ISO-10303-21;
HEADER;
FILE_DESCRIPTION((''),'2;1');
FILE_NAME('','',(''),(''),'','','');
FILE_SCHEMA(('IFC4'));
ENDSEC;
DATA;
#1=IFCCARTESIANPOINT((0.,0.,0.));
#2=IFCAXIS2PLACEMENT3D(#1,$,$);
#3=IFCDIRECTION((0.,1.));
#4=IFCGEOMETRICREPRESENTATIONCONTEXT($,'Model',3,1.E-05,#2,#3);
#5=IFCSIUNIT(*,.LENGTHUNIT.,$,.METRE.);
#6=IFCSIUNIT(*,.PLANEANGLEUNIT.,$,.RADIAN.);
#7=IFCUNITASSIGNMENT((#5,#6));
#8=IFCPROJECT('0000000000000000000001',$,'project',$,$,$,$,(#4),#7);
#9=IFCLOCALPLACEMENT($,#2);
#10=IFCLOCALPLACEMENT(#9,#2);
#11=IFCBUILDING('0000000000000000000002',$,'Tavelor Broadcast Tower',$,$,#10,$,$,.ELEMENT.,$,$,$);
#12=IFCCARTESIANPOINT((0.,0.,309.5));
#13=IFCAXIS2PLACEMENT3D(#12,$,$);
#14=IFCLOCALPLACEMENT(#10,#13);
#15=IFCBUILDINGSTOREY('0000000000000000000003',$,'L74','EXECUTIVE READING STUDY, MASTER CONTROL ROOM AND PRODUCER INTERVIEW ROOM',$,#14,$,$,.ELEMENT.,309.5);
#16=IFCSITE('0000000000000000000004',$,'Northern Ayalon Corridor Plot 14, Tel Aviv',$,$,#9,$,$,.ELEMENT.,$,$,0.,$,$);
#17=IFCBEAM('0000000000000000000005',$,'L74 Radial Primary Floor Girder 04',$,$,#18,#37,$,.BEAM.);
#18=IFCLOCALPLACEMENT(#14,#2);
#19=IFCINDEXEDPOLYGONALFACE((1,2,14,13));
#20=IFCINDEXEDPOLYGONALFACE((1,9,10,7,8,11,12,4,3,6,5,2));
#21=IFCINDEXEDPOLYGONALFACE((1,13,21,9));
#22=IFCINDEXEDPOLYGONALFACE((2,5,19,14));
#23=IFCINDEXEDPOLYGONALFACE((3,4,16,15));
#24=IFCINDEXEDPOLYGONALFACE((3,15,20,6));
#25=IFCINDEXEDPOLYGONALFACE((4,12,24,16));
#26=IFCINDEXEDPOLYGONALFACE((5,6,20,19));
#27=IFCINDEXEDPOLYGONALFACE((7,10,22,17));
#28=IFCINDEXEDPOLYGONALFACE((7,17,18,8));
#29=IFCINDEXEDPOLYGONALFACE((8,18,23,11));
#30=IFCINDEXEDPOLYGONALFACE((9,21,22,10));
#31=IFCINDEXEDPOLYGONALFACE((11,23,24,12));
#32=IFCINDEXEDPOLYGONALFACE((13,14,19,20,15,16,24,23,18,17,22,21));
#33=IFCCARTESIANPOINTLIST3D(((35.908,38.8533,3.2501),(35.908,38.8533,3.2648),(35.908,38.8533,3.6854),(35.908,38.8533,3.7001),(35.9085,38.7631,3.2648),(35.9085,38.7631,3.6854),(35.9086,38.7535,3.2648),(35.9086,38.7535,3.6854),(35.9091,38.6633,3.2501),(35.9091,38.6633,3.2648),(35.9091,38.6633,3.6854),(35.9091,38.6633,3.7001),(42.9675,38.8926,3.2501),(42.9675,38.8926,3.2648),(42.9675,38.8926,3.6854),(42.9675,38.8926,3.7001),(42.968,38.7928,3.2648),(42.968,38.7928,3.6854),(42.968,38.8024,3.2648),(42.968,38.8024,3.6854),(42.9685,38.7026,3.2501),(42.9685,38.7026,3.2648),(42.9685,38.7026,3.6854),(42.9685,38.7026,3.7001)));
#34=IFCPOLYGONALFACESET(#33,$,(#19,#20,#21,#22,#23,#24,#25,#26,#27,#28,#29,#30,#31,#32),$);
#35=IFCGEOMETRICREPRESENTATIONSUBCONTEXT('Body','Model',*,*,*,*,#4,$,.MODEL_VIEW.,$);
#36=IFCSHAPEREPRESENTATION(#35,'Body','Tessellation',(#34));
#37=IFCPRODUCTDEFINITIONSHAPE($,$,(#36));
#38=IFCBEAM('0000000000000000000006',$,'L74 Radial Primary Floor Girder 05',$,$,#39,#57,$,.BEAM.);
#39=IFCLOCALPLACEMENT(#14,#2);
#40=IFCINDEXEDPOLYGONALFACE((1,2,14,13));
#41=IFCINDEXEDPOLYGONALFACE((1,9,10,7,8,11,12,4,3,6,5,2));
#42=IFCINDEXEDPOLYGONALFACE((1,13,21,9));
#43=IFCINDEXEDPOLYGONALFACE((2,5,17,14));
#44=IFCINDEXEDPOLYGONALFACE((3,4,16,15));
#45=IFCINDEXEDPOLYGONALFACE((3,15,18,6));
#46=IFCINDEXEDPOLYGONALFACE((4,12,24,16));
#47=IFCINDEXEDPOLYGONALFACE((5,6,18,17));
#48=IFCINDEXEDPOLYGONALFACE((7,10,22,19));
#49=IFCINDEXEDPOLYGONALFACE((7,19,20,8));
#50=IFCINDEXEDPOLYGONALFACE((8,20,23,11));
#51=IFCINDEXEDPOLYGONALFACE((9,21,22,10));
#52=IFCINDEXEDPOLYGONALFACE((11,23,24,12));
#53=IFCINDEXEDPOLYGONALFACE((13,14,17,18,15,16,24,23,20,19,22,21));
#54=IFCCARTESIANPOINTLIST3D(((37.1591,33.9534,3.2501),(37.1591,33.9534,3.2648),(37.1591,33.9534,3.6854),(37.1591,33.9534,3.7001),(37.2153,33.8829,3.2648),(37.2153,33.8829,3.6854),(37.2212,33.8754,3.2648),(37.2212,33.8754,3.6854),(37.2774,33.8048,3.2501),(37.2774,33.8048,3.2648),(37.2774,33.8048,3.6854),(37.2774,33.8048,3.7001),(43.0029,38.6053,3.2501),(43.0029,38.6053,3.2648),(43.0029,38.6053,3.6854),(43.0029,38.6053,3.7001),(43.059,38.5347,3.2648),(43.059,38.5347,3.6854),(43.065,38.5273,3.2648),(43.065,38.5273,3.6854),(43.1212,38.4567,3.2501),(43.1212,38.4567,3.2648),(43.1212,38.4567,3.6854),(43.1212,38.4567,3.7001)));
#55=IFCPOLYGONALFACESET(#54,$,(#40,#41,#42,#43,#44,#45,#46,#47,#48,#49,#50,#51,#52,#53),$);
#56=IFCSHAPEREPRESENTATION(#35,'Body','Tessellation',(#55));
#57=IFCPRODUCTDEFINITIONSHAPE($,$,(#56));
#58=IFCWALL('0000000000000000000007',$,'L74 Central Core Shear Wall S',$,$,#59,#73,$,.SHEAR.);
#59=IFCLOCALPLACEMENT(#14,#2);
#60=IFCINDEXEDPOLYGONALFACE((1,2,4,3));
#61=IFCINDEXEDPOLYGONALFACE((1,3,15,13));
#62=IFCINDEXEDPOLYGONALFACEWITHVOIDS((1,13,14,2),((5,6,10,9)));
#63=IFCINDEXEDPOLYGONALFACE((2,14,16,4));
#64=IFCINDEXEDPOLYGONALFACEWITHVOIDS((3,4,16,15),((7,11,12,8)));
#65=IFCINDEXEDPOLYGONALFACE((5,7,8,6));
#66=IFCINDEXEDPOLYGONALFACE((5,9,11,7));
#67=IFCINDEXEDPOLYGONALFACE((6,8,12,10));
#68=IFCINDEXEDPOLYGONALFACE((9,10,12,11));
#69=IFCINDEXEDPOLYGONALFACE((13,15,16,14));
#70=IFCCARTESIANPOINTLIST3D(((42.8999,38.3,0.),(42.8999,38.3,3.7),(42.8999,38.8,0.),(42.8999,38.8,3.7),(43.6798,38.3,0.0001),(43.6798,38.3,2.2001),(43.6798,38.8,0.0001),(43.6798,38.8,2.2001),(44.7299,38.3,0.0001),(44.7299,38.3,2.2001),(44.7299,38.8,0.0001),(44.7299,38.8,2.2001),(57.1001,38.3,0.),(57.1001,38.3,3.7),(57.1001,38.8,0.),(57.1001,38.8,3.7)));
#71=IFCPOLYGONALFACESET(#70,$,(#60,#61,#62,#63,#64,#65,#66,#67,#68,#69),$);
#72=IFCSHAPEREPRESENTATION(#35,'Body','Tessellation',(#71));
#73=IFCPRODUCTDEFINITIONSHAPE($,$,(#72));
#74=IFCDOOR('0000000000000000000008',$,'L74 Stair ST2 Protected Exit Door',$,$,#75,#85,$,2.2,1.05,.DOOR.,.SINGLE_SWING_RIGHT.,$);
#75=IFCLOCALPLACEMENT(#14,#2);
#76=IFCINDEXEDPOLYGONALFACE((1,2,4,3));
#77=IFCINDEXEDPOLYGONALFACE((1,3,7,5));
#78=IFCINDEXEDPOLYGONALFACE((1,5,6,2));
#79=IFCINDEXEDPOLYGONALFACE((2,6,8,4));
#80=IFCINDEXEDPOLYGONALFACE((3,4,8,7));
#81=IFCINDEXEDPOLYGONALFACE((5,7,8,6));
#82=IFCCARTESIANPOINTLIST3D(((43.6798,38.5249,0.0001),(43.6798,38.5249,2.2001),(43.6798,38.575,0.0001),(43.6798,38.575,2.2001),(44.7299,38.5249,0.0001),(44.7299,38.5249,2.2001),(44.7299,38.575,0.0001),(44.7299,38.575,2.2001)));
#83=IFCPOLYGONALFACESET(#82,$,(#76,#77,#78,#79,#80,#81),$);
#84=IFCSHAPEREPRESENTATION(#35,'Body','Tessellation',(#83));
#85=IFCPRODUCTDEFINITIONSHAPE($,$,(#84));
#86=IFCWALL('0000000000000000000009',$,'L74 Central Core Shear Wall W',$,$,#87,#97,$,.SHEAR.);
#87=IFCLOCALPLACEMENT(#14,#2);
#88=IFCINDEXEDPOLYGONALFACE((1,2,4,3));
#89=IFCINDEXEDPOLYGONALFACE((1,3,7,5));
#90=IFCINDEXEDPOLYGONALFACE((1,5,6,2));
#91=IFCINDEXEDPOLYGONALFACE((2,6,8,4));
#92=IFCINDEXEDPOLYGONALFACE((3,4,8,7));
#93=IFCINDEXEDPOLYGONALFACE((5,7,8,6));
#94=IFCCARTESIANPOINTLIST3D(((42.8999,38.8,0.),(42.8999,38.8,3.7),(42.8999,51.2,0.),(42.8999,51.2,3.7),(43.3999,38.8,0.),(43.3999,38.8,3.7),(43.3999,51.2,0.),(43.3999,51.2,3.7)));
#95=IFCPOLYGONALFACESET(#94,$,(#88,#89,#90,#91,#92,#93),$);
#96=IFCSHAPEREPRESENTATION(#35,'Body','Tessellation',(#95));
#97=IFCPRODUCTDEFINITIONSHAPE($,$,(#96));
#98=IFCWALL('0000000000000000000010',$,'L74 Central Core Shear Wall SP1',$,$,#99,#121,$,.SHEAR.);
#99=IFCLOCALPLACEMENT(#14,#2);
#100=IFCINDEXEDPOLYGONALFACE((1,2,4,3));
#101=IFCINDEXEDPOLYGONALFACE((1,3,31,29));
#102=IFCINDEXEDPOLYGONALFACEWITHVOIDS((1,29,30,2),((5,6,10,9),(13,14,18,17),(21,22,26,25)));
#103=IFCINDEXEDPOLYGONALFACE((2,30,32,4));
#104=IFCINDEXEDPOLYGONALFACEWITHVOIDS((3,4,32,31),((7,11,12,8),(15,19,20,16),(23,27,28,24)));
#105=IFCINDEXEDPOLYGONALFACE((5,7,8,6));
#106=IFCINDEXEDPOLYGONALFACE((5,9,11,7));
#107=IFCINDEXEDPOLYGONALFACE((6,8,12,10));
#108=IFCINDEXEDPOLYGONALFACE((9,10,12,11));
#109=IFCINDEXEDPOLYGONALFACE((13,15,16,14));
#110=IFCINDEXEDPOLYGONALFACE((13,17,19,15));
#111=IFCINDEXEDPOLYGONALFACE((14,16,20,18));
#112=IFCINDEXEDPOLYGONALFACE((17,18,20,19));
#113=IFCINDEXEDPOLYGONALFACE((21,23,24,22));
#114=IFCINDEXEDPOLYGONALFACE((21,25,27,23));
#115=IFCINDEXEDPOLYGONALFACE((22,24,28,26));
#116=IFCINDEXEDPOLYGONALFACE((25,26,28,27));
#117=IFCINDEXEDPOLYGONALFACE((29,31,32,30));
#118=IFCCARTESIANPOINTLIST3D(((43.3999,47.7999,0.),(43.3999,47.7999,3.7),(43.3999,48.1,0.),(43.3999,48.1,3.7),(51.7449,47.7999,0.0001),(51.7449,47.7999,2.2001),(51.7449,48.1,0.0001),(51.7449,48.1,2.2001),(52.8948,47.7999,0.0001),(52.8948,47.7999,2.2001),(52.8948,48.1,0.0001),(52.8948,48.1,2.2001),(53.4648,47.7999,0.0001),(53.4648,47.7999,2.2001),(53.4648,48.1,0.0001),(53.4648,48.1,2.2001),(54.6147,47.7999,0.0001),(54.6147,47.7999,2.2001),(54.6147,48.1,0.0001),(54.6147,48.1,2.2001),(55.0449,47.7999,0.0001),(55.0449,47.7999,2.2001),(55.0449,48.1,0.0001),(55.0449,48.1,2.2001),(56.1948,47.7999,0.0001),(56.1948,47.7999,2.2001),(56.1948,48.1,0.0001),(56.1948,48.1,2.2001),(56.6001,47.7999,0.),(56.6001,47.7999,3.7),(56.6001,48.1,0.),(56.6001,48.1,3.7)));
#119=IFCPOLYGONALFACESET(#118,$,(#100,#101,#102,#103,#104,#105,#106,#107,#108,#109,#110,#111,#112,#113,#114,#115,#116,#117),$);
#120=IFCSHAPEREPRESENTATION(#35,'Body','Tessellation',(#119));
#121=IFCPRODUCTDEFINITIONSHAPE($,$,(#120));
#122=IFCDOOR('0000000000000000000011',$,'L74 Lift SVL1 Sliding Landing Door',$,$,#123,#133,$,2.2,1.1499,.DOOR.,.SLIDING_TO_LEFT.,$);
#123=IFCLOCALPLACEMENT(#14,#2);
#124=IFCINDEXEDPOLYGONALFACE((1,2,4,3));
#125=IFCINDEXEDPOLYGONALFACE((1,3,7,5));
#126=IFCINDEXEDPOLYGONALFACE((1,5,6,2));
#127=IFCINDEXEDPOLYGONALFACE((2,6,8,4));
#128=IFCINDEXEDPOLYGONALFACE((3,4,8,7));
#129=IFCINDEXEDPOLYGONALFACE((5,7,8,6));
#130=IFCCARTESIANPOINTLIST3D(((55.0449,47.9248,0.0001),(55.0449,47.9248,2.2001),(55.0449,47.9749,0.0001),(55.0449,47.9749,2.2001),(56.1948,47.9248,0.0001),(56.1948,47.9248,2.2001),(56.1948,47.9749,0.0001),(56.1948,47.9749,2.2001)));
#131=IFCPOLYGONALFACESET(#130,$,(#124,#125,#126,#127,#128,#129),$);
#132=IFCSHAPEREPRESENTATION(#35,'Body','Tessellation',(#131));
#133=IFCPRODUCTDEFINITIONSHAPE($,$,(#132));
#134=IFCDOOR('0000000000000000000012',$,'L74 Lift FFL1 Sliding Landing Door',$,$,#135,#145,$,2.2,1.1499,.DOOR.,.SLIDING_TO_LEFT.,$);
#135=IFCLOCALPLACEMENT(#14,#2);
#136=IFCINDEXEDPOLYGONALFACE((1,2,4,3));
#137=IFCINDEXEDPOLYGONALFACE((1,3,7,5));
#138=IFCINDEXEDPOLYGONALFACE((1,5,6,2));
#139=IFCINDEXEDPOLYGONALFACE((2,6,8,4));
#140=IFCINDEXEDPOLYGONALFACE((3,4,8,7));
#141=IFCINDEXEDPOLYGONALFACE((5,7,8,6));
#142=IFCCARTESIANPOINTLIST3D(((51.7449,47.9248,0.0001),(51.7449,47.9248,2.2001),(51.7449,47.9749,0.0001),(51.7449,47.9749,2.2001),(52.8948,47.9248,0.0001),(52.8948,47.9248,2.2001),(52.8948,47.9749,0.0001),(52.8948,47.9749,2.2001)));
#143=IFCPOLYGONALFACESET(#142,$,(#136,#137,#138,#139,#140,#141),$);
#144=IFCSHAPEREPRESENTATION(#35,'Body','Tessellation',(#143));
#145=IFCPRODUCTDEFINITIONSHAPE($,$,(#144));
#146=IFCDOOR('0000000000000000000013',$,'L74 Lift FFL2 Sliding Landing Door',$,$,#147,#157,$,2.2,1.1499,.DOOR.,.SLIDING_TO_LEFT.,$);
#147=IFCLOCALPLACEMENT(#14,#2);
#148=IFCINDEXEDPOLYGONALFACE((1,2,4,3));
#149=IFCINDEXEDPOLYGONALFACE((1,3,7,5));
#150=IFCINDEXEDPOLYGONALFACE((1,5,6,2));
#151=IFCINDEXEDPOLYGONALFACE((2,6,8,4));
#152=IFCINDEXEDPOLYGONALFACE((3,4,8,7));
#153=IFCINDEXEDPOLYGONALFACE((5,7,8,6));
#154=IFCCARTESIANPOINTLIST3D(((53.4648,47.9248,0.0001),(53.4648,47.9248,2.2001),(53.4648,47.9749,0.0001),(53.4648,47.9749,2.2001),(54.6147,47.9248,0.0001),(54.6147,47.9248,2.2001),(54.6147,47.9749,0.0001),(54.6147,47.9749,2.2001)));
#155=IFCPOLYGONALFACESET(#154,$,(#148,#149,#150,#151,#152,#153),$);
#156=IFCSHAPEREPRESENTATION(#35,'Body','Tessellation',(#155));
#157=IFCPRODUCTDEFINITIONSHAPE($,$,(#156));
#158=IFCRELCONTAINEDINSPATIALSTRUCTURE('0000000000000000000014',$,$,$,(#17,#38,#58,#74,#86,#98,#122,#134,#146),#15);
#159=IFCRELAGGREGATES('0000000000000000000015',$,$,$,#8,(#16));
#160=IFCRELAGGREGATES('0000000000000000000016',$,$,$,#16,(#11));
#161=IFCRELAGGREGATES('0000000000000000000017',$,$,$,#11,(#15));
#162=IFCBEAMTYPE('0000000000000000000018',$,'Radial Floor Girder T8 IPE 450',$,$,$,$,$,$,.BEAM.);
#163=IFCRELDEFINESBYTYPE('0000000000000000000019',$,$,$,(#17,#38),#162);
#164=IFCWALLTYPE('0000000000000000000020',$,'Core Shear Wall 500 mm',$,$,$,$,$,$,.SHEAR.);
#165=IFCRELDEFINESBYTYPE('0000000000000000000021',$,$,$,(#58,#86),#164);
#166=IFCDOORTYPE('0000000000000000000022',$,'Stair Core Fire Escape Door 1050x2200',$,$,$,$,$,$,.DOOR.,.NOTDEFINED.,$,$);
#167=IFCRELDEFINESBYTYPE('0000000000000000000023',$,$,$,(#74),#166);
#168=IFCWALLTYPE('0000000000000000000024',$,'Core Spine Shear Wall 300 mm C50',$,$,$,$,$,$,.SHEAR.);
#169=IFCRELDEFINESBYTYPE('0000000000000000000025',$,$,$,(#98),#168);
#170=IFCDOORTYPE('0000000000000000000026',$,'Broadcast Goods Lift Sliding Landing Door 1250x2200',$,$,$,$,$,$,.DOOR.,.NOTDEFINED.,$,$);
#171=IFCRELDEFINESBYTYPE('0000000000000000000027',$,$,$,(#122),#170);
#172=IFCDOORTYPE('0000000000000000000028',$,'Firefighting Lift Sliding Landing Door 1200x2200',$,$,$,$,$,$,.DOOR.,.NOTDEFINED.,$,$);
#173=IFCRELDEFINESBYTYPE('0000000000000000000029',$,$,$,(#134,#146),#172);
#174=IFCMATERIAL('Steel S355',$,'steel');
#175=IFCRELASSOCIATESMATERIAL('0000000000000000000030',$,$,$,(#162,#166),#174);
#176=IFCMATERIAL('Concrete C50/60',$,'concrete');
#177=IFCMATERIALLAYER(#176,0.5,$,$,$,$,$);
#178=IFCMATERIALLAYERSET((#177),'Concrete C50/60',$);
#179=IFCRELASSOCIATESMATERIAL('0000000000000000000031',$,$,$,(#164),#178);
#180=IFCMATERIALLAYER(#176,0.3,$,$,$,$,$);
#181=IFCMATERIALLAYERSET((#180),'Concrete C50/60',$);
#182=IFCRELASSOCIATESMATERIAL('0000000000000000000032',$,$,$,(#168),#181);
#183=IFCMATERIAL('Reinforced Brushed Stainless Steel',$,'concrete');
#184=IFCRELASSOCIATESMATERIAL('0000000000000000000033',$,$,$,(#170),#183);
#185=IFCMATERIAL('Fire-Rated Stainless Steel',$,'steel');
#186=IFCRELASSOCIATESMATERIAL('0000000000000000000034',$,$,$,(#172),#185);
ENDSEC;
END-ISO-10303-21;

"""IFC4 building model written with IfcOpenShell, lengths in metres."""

from ifc_helpers import new_model, si_unit, direction, frame, frame_2d, origin, origin_2d, place, context, subcontext, project, spatial, rectangle, i_section, extrude, material, layer, layer_set, material_profile, profile_set, type_object, element, fill, save


model = new_model("IFC4")

# Units and contexts
model_context = context("Model", 3, precision=1e-05, world=origin(), true_north=direction((0.0, 1.0)))
body_context = subcontext(model_context, "Body", "Model", "MODEL_VIEW")
ifc_project = project(units=[si_unit("LENGTHUNIT", "METRE"), si_unit("PLANEANGLEUNIT", "RADIAN")], contexts=[model_context])

# Site, building, storey
site_placement = place(None, origin())
site = spatial("IfcSite", under=ifc_project, at=site_placement, Name="Northern Ayalon Corridor Plot 14, Tel Aviv", CompositionType="ELEMENT", RefElevation=0.0)
building_placement = place(site_placement, origin())
building = spatial("IfcBuilding", under=site, at=building_placement, Name="Tavelor Broadcast Tower", CompositionType="ELEMENT")
storey_placement = place(building_placement, frame((0.0, 0.0, 309.5)))
storey = spatial("IfcBuildingStorey", under=building, at=storey_placement, Name="L74", Description="EXECUTIVE READING STUDY, MASTER CONTROL ROOM AND PRODUCER INTERVIEW ROOM", CompositionType="ELEMENT", Elevation=309.5)

# Shared definitions
ifc_material_1 = material(Name="Concrete C50/60", Category="concrete")

# Beams
ifc_material_2 = material(Name="Steel S355", Category="steel")
ifc_material_profile_1 = material_profile(ifc_material_2, i_section(OverallWidth=0.1899, OverallDepth=0.45, WebThickness=0.0095, FlangeThickness=0.0146, at=origin_2d()), Name="IPE 450")
ifc_profile_set_1 = profile_set([ifc_material_profile_1], Name="Steel S355")
beam_type_1 = type_object("IfcBeamType", Name="Radial Floor Girder T8 IPE 450", PredefinedType="BEAM", material=ifc_profile_set_1)
beam_1_placement = place(storey_placement, frame((42.968, 38.7976, 3.4751), z_axis=(-0.999984, -0.005568, 0.0), x_axis=(0.005568, -0.999984, 0.0)))
element("IfcBeam", 1, at=beam_1_placement, inside=storey, type_object=beam_type_1, Name="L74 Radial Primary Floor Girder 04", PredefinedType="BEAM", context=body_context, shape_type="SweptSolid", body=[
    extrude(i_section(OverallWidth=0.1899, OverallDepth=0.45, WebThickness=0.0095, FlangeThickness=0.0146, at=origin_2d()), origin(), (0.0, 0.0, 1.0), 7.0596),
])
beam_2_placement = place(storey_placement, frame((43.062, 38.531, 3.4751), z_axis=(-0.782378, -0.622804, 0.0), x_axis=(0.622804, -0.782378, 0.0)))
element("IfcBeam", 2, at=beam_2_placement, inside=storey, type_object=beam_type_1, Name="L74 Radial Primary Floor Girder 05", PredefinedType="BEAM", context=body_context, shape_type="SweptSolid", body=[
    extrude(i_section(OverallWidth=0.1899, OverallDepth=0.45, WebThickness=0.0095, FlangeThickness=0.0146, at=origin_2d()), origin(), (0.0, 0.0, 1.0), 7.4692),
])

# Wall, opening, door
ifc_layer_1 = layer(ifc_material_1, 0.5)
ifc_layer_set_1 = layer_set([ifc_layer_1], Name="Concrete C50/60")
wall_type_1 = type_object("IfcWallType", Name="Core Shear Wall 500 mm", PredefinedType="SHEAR", material=ifc_layer_set_1)
wall_1_placement = place(storey_placement, frame((42.8999, 38.55, 0.0), z_axis=(0.0, 0.0, 1.0), x_axis=(1.0, 0.0, 0.0)))
wall_1 = element("IfcWall", 3, at=wall_1_placement, inside=storey, type_object=wall_type_1, Name="L74 Central Core Shear Wall S", PredefinedType="SHEAR", context=body_context, shape_type="SweptSolid", body=[
    extrude(rectangle(XDim=14.2002, YDim=0.5, at=frame_2d((7.1001, 0.0))), origin(), (0.0, 0.0, 1.0), 3.7),
])
opening_1_placement = place(wall_1_placement, frame((0.78, 0.0, 0.0)))
opening_1 = element("IfcOpeningElement", 4, at=opening_1_placement, cuts=wall_1, PredefinedType="OPENING", context=body_context, shape_type="SweptSolid", body=[
    extrude(rectangle(XDim=1.05, YDim=2.2, at=frame_2d((0.5249, 1.1001))), frame((0.0, 0.26, 0.0), z_axis=(0.0, -1.0, 0.0), x_axis=(1.0, 0.0, 0.0)), (0.0, 0.0, 1.0), 0.52),
])
door_type_1 = type_object("IfcDoorType", Name="Stair Core Fire Escape Door 1050x2200", OperationType="NOTDEFINED", PredefinedType="DOOR", material=ifc_material_2)
door_1_placement = place(opening_1_placement, origin())
door_1 = element("IfcDoor", 5, at=door_1_placement, inside=storey, type_object=door_type_1, Name="L74 Stair ST2 Protected Exit Door", OperationType="SINGLE_SWING_RIGHT", OverallHeight=2.2, OverallWidth=1.05, PredefinedType="DOOR", context=body_context, shape_type="SweptSolid", body=[
    extrude(rectangle(XDim=1.05, YDim=2.2, at=frame_2d((0.5249, 1.1001))), frame((0.0, 0.0249, 0.0), z_axis=(0.0, -1.0, 0.0), x_axis=(1.0, 0.0, 0.0)), (0.0, 0.0, 1.0), 0.05),
])
fill(opening_1, door_1)

# Wall
wall_2_placement = place(storey_placement, frame((43.1499, 38.8, 0.0), z_axis=(0.0, 0.0, 1.0), x_axis=(0.0, 1.0, 0.0)))
element("IfcWall", 6, at=wall_2_placement, inside=storey, type_object=wall_type_1, Name="L74 Central Core Shear Wall W", PredefinedType="SHEAR", context=body_context, shape_type="SweptSolid", body=[
    extrude(rectangle(XDim=12.3999, YDim=0.5, at=frame_2d((6.2, 0.0))), origin(), (0.0, 0.0, 1.0), 3.7),
])

# Wall, openings, doors
ifc_layer_2 = layer(ifc_material_1, 0.3)
ifc_layer_set_2 = layer_set([ifc_layer_2], Name="Concrete C50/60")
wall_type_2 = type_object("IfcWallType", Name="Core Spine Shear Wall 300 mm C50", PredefinedType="SHEAR", material=ifc_layer_set_2)
wall_3_placement = place(storey_placement, frame((43.3999, 47.95, 0.0), z_axis=(0.0, 0.0, 1.0), x_axis=(1.0, 0.0, 0.0)))
wall_3 = element("IfcWall", 7, at=wall_3_placement, inside=storey, type_object=wall_type_2, Name="L74 Central Core Shear Wall SP1", PredefinedType="SHEAR", context=body_context, shape_type="SweptSolid", body=[
    extrude(rectangle(XDim=13.2002, YDim=0.3, at=frame_2d((6.6001, 0.0))), origin(), (0.0, 0.0, 1.0), 3.7),
])
opening_2_placement = place(wall_3_placement, frame((8.345, 0.0, 0.0)))
opening_2 = element("IfcOpeningElement", 8, at=opening_2_placement, cuts=wall_3, PredefinedType="OPENING", context=body_context, shape_type="SweptSolid", body=[
    extrude(rectangle(XDim=1.1499, YDim=2.2, at=frame_2d((0.575, 1.1001))), frame((0.0, 0.1602, 0.0), z_axis=(0.0, -1.0, 0.0), x_axis=(1.0, 0.0, 0.0)), (0.0, 0.0, 1.0), 0.3201),
])
opening_3_placement = place(wall_3_placement, frame((10.0649, 0.0, 0.0)))
opening_3 = element("IfcOpeningElement", 9, at=opening_3_placement, cuts=wall_3, PredefinedType="OPENING", context=body_context, shape_type="SweptSolid", body=[
    extrude(rectangle(XDim=1.1499, YDim=2.2, at=frame_2d((0.575, 1.1001))), frame((0.0, 0.1602, 0.0), z_axis=(0.0, -1.0, 0.0), x_axis=(1.0, 0.0, 0.0)), (0.0, 0.0, 1.0), 0.3201),
])
opening_4_placement = place(wall_3_placement, frame((11.645, 0.0, 0.0)))
opening_4 = element("IfcOpeningElement", 10, at=opening_4_placement, cuts=wall_3, PredefinedType="OPENING", context=body_context, shape_type="SweptSolid", body=[
    extrude(rectangle(XDim=1.1499, YDim=2.2, at=frame_2d((0.575, 1.1001))), frame((0.0, 0.1602, 0.0), z_axis=(0.0, -1.0, 0.0), x_axis=(1.0, 0.0, 0.0)), (0.0, 0.0, 1.0), 0.3201),
])
ifc_material_3 = material(Name="Reinforced Brushed Stainless Steel", Category="concrete")
door_type_2 = type_object("IfcDoorType", Name="Broadcast Goods Lift Sliding Landing Door 1250x2200", OperationType="NOTDEFINED", PredefinedType="DOOR", material=ifc_material_3)
door_2_placement = place(opening_4_placement, origin())
door_2 = element("IfcDoor", 11, at=door_2_placement, inside=storey, type_object=door_type_2, Name="L74 Lift SVL1 Sliding Landing Door", OperationType="SLIDING_TO_LEFT", OverallHeight=2.2, OverallWidth=1.1499, PredefinedType="DOOR", context=body_context, shape_type="SweptSolid", body=[
    extrude(rectangle(XDim=1.1499, YDim=2.2, at=frame_2d((0.575, 1.1001))), frame((0.0, 0.0249, 0.0), z_axis=(0.0, -1.0, 0.0), x_axis=(1.0, 0.0, 0.0)), (0.0, 0.0, 1.0), 0.05),
])
fill(opening_4, door_2)
ifc_material_4 = material(Name="Fire-Rated Stainless Steel", Category="steel")
door_type_3 = type_object("IfcDoorType", Name="Firefighting Lift Sliding Landing Door 1200x2200", OperationType="NOTDEFINED", PredefinedType="DOOR", material=ifc_material_4)
door_3_placement = place(opening_2_placement, origin())
door_3 = element("IfcDoor", 12, at=door_3_placement, inside=storey, type_object=door_type_3, Name="L74 Lift FFL1 Sliding Landing Door", OperationType="SLIDING_TO_LEFT", OverallHeight=2.2, OverallWidth=1.1499, PredefinedType="DOOR", context=body_context, shape_type="SweptSolid", body=[
    extrude(rectangle(XDim=1.1499, YDim=2.2, at=frame_2d((0.575, 1.1001))), frame((0.0, 0.0249, 0.0), z_axis=(0.0, -1.0, 0.0), x_axis=(1.0, 0.0, 0.0)), (0.0, 0.0, 1.0), 0.05),
])
fill(opening_2, door_3)
door_4_placement = place(opening_3_placement, origin())
door_4 = element("IfcDoor", 13, at=door_4_placement, inside=storey, type_object=door_type_3, Name="L74 Lift FFL2 Sliding Landing Door", OperationType="SLIDING_TO_LEFT", OverallHeight=2.2, OverallWidth=1.1499, PredefinedType="DOOR", context=body_context, shape_type="SweptSolid", body=[
    extrude(rectangle(XDim=1.1499, YDim=2.2, at=frame_2d((0.575, 1.1001))), frame((0.0, 0.0249, 0.0), z_axis=(0.0, -1.0, 0.0), x_axis=(1.0, 0.0, 0.0)), (0.0, 0.0, 1.0), 0.05),
])
fill(opening_3, door_4)

save(model, "model.ifc")
